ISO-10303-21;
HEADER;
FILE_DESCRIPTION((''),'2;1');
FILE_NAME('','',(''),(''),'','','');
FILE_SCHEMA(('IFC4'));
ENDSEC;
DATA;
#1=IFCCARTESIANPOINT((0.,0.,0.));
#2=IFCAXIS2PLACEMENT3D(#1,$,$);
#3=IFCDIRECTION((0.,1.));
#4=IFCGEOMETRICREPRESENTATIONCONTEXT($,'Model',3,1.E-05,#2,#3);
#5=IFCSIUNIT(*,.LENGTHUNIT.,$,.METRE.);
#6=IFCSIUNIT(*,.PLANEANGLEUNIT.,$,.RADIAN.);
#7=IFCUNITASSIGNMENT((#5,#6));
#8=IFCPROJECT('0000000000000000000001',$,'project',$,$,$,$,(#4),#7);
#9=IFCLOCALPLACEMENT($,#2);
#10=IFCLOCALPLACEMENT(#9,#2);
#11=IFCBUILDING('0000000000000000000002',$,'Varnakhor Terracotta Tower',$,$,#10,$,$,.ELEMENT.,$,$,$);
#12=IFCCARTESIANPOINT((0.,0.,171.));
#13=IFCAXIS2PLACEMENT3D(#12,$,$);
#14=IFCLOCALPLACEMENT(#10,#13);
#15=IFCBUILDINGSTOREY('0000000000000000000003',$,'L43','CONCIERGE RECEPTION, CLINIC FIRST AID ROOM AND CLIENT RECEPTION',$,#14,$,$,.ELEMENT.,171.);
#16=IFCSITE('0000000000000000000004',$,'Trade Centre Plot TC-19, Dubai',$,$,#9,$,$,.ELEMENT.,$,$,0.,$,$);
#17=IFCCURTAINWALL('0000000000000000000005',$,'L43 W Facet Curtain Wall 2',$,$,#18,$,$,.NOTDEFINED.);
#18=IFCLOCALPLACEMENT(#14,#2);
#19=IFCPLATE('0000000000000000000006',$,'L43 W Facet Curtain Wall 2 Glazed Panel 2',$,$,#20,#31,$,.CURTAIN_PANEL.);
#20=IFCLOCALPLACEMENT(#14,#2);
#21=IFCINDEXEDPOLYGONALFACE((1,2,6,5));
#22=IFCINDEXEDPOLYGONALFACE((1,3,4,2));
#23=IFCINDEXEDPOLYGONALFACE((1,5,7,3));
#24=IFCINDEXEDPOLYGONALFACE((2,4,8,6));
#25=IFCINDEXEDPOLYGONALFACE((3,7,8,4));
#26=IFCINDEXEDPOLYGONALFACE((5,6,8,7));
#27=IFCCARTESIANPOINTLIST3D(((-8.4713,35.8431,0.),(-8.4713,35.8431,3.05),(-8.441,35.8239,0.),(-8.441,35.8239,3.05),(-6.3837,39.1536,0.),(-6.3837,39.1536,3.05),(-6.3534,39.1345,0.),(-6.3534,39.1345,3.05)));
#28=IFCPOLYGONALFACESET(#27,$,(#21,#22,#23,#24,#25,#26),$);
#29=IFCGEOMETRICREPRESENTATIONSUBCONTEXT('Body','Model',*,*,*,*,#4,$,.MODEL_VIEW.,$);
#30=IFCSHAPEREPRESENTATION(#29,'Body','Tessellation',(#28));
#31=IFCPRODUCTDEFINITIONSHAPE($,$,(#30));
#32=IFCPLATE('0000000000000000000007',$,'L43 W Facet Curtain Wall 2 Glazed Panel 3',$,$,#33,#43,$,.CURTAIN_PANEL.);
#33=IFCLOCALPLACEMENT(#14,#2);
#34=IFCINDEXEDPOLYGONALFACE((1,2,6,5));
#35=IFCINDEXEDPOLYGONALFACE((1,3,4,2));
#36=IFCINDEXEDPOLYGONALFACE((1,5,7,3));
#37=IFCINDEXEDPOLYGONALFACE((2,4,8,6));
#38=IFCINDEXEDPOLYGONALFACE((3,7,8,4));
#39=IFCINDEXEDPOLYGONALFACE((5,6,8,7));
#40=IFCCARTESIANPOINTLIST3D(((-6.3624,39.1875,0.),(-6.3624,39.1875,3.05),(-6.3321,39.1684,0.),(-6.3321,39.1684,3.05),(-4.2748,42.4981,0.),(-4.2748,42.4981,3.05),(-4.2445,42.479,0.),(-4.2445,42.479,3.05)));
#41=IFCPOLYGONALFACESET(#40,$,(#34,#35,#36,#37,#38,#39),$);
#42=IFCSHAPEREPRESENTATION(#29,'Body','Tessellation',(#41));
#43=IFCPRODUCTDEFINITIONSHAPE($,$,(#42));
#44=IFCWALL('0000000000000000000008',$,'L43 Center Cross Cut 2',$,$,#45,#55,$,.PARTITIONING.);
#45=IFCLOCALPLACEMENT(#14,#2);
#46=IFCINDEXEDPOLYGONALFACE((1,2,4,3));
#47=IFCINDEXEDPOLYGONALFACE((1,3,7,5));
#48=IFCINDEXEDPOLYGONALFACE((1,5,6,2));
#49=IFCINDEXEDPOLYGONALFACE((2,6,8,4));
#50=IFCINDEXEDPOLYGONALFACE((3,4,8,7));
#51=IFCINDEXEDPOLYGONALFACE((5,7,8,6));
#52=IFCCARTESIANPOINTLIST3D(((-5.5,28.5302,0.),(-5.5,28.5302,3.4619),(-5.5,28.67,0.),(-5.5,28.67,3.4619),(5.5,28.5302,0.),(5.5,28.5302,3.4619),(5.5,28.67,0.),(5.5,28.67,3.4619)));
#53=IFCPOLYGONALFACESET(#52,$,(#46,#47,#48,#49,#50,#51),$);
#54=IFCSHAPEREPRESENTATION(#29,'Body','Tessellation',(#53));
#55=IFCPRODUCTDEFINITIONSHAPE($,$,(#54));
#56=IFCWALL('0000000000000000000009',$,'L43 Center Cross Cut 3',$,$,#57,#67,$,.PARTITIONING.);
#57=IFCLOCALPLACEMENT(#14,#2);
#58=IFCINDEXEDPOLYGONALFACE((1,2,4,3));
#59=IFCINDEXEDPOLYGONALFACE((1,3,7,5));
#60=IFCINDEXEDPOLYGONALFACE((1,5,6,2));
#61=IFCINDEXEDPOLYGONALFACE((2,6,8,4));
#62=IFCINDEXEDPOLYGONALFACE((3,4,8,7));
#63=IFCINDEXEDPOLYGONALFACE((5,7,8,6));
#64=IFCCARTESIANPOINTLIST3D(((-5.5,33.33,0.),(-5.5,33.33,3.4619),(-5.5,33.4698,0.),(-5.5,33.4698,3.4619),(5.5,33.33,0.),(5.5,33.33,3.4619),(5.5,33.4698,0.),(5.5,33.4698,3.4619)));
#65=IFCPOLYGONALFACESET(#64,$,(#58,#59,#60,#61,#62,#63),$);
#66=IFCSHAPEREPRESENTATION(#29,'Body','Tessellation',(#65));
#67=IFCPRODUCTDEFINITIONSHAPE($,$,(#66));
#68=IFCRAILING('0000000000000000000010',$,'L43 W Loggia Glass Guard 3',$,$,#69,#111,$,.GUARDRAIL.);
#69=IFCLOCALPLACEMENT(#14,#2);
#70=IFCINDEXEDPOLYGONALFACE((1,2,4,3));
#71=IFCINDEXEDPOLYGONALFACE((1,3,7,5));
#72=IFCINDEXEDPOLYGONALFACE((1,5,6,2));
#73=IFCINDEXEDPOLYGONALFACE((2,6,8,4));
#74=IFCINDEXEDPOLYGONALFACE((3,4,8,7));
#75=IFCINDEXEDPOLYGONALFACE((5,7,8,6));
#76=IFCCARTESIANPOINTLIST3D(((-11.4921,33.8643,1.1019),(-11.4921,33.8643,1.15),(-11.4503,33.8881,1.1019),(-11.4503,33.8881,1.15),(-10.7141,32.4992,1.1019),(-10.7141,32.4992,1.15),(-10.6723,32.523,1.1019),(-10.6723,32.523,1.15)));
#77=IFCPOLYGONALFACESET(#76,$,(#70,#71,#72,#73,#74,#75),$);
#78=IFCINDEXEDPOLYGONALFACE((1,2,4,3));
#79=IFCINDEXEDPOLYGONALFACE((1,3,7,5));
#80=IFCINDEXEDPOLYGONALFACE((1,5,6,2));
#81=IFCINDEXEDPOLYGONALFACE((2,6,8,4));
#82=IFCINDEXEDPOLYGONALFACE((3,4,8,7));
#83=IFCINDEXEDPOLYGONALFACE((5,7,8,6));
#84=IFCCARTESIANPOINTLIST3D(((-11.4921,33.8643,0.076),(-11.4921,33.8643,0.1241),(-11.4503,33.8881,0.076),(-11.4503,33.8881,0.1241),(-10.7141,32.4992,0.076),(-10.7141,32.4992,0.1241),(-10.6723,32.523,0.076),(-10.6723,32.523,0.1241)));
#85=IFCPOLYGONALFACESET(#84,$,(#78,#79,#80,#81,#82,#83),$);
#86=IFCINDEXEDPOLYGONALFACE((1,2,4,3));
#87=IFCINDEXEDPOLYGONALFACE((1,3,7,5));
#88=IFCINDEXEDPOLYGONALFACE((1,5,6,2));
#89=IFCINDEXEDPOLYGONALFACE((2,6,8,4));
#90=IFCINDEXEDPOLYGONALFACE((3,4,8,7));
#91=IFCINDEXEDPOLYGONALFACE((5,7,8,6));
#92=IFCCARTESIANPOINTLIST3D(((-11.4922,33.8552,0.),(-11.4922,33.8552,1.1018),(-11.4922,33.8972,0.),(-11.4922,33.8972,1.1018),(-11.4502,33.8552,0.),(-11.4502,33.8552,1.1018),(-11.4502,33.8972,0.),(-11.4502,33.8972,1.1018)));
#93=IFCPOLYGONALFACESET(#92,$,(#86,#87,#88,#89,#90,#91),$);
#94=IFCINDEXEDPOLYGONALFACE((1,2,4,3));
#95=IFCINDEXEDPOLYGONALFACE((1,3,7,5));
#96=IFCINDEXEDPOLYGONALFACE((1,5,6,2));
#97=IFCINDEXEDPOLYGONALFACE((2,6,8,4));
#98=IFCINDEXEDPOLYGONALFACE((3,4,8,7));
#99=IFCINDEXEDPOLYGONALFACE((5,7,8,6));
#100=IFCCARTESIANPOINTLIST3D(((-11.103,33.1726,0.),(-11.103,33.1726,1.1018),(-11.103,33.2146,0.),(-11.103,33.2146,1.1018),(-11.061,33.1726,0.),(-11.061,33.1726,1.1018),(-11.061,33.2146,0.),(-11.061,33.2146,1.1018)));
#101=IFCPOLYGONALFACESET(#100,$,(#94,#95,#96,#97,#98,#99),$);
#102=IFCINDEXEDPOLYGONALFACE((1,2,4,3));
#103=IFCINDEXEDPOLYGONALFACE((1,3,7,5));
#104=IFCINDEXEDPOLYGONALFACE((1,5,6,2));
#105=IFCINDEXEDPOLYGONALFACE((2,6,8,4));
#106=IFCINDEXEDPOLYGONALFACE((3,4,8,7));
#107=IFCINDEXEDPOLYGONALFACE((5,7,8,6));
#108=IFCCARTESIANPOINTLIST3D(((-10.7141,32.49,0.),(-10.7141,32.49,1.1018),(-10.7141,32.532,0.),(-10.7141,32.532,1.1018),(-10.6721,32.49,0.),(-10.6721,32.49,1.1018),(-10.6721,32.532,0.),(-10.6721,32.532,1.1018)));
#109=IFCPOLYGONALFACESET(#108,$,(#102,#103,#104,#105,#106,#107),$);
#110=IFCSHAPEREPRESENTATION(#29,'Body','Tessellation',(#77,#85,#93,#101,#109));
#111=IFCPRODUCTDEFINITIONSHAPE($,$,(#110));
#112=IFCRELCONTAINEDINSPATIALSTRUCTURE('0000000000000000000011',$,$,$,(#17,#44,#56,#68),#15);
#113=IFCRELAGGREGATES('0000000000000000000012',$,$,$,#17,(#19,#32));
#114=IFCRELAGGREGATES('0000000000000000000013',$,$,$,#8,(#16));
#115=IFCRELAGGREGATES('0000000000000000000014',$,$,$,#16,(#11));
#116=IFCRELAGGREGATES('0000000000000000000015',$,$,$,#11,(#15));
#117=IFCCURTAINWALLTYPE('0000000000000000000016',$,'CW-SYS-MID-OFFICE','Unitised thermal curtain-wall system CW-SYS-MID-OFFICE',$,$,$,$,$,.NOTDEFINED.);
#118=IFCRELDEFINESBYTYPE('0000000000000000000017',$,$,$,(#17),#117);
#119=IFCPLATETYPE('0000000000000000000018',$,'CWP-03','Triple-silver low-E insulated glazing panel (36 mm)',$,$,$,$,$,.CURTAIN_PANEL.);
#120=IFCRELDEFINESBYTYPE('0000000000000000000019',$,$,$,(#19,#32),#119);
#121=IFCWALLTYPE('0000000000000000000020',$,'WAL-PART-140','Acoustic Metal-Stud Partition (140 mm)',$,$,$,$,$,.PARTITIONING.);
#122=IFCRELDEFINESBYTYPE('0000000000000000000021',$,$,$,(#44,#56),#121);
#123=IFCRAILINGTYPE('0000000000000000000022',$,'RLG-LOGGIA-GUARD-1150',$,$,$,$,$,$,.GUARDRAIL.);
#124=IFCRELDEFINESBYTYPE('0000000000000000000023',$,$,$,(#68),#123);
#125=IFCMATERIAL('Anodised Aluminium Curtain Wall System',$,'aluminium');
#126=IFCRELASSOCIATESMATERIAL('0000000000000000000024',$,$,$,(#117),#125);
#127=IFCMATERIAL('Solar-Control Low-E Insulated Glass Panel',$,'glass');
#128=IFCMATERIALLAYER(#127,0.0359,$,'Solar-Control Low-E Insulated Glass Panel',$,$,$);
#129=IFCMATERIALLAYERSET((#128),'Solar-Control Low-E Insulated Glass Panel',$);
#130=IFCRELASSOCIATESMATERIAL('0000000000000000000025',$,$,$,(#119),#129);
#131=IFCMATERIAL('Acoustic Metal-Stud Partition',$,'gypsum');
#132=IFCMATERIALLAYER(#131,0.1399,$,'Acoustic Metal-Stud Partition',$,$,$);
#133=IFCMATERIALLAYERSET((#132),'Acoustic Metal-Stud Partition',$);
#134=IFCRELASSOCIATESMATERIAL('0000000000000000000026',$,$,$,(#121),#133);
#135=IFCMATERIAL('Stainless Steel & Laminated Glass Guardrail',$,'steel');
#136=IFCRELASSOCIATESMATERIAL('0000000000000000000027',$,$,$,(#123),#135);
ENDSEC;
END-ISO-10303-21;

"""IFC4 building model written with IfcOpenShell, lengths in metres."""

from ifc_helpers import new_model, si_unit, direction, frame, frame_2d, origin, origin_2d, place, context, subcontext, project, spatial, rectangle, extrude, source, transform, mapped, material, layer, layer_set, type_object, element, aggregate, save


model = new_model("IFC4")

# Units and contexts
model_context = context("Model", 3, precision=1e-05, world=origin(), true_north=direction((0.0, 1.0)))
body_context = subcontext(model_context, "Body", "Model", "MODEL_VIEW")
ifc_project = project(units=[si_unit("LENGTHUNIT", "METRE"), si_unit("PLANEANGLEUNIT", "RADIAN")], contexts=[model_context])

# Site, building, storey
site_placement = place(None, origin())
site = spatial("IfcSite", under=ifc_project, at=site_placement, Name="Trade Centre Plot TC-19, Dubai", CompositionType="ELEMENT", RefElevation=0.0)
building_placement = place(site_placement, origin())
building = spatial("IfcBuilding", under=site, at=building_placement, Name="Varnakhor Terracotta Tower", CompositionType="ELEMENT")
storey_placement = place(building_placement, frame((0.0, 0.0, 171.0)))
storey = spatial("IfcBuildingStorey", under=building, at=storey_placement, Name="L43", Description="CONCIERGE RECEPTION, CLINIC FIRST AID ROOM AND CLIENT RECEPTION", CompositionType="ELEMENT", Elevation=171.0)

# Curtain wall
ifc_material_1 = material(Name="Anodised Aluminium Curtain Wall System", Category="aluminium")
curtain_wall_type = type_object("IfcCurtainWallType", Name="CW-SYS-MID-OFFICE", Description="Unitised thermal curtain-wall system CW-SYS-MID-OFFICE", PredefinedType="NOTDEFINED", material=ifc_material_1)
curtain_wall_1_placement = place(storey_placement, origin())
curtain_wall_1 = element("IfcCurtainWall", 1, at=curtain_wall_1_placement, inside=storey, type_object=curtain_wall_type, Name="L43 W Facet Curtain Wall 2", PredefinedType="NOTDEFINED")

# Plates
ifc_material_2 = material(Name="Solar-Control Low-E Insulated Glass Panel", Category="glass")
ifc_layer_1 = layer(ifc_material_2, 0.0359, Name="Solar-Control Low-E Insulated Glass Panel")
ifc_layer_set_1 = layer_set([ifc_layer_1], Name="Solar-Control Low-E Insulated Glass Panel")
plate_type = type_object("IfcPlateType", Name="CWP-03", Description="Triple-silver low-E insulated glazing panel (36 mm)", PredefinedType="CURTAIN_PANEL", material=ifc_layer_set_1)
shared_shape_1 = source(origin(), body_context, "Body", "SweptSolid", [
    extrude(rectangle(XDim=3.9138, YDim=0.0359, at=origin_2d()), origin(), (0.0, 0.0, 1.0), 3.05),
])
plate_1_placement = place(storey_placement, frame((-7.4124, 37.4888, 0.0), z_axis=(0.0, 0.0, 1.0), x_axis=(0.533393, 0.845867, 0.0)))
plate_1 = element("IfcPlate", 2, at=plate_1_placement, type_object=plate_type, Name="L43 W Facet Curtain Wall 2 Glazed Panel 2", PredefinedType="CURTAIN_PANEL", context=body_context, shape_type="MappedRepresentation", body=[
    mapped(shared_shape_1, transform((0.0, 0.0, 0.0), scale=1.0)),
])
plate_2_placement = place(storey_placement, frame((-5.3035, 40.8333, 0.0), z_axis=(0.0, 0.0, 1.0), x_axis=(0.533393, 0.845867, 0.0)))
plate_2 = element("IfcPlate", 3, at=plate_2_placement, type_object=plate_type, Name="L43 W Facet Curtain Wall 2 Glazed Panel 3", PredefinedType="CURTAIN_PANEL", context=body_context, shape_type="MappedRepresentation", body=[
    mapped(shared_shape_1, transform((0.0, 0.0, 0.0), scale=1.0)),
])
aggregate(curtain_wall_1, [plate_1, plate_2])

# Walls
ifc_material_3 = material(Name="Acoustic Metal-Stud Partition", Category="gypsum")
ifc_layer_2 = layer(ifc_material_3, 0.1399, Name="Acoustic Metal-Stud Partition")
ifc_layer_set_2 = layer_set([ifc_layer_2], Name="Acoustic Metal-Stud Partition")
wall_type = type_object("IfcWallType", Name="WAL-PART-140", Description="Acoustic Metal-Stud Partition (140 mm)", PredefinedType="PARTITIONING", material=ifc_layer_set_2)
for number, where, z_axis, x_axis, name in (
    (4, (-5.5, 28.6001, 0.0), (0.0, 0.0, 1.0), (1.0, 0.0, 0.0), "L43 Center Cross Cut 2"),
    (5, (-5.5, 33.3999, 0.0), (0.0, 0.0, 1.0), (1.0, 0.0, 0.0), "L43 Center Cross Cut 3"),
):
    element("IfcWall", number, at=place(storey_placement, frame(where, z_axis=z_axis, x_axis=x_axis)), inside=storey, type_object=wall_type, Name=name, PredefinedType="PARTITIONING", context=body_context, shape_type="SweptSolid", body=[
        extrude(rectangle(XDim=11.0, YDim=0.1399, at=frame_2d((5.5, 0.0))), origin(), (0.0, 0.0, 1.0), 3.4619),
    ])

# Railing
ifc_material_4 = material(Name="Stainless Steel & Laminated Glass Guardrail", Category="steel")
railing_type = type_object("IfcRailingType", Name="RLG-LOGGIA-GUARD-1150", PredefinedType="GUARDRAIL", material=ifc_material_4)
railing_placement = place(storey_placement, frame((-11.4712, 33.8762, 0.0)))
element("IfcRailing", 6, at=railing_placement, inside=storey, type_object=railing_type, Name="L43 W Loggia Glass Guard 3", PredefinedType="GUARDRAIL", context=body_context, shape_type="SweptSolid", body=[
    extrude(rectangle(XDim=0.0481, YDim=0.0481, at=origin_2d()), frame((0.0, 0.0, 1.126), z_axis=(0.495151, -0.868807, 0.0), x_axis=(0.868807, 0.495151, 0.0)), (0.0, 0.0, 1.0), 1.5713),
    extrude(rectangle(XDim=0.0481, YDim=0.0481, at=origin_2d()), frame((0.0, 0.0, 0.1001), z_axis=(0.495151, -0.868807, 0.0), x_axis=(0.868807, 0.495151, 0.0)), (0.0, 0.0, 1.0), 1.5713),
    extrude(rectangle(XDim=0.042, YDim=0.042, at=origin_2d()), origin(), (0.0, 0.0, 1.0), 1.1018),
    extrude(rectangle(XDim=0.042, YDim=0.042, at=origin_2d()), frame((0.3892, -0.6826, 0.0)), (0.0, 0.0, 1.0), 1.1018),
    extrude(rectangle(XDim=0.042, YDim=0.042, at=origin_2d()), frame((0.7781, -1.3652, 0.0)), (0.0, 0.0, 1.0), 1.1018),
])

save(model, "model.ifc")
